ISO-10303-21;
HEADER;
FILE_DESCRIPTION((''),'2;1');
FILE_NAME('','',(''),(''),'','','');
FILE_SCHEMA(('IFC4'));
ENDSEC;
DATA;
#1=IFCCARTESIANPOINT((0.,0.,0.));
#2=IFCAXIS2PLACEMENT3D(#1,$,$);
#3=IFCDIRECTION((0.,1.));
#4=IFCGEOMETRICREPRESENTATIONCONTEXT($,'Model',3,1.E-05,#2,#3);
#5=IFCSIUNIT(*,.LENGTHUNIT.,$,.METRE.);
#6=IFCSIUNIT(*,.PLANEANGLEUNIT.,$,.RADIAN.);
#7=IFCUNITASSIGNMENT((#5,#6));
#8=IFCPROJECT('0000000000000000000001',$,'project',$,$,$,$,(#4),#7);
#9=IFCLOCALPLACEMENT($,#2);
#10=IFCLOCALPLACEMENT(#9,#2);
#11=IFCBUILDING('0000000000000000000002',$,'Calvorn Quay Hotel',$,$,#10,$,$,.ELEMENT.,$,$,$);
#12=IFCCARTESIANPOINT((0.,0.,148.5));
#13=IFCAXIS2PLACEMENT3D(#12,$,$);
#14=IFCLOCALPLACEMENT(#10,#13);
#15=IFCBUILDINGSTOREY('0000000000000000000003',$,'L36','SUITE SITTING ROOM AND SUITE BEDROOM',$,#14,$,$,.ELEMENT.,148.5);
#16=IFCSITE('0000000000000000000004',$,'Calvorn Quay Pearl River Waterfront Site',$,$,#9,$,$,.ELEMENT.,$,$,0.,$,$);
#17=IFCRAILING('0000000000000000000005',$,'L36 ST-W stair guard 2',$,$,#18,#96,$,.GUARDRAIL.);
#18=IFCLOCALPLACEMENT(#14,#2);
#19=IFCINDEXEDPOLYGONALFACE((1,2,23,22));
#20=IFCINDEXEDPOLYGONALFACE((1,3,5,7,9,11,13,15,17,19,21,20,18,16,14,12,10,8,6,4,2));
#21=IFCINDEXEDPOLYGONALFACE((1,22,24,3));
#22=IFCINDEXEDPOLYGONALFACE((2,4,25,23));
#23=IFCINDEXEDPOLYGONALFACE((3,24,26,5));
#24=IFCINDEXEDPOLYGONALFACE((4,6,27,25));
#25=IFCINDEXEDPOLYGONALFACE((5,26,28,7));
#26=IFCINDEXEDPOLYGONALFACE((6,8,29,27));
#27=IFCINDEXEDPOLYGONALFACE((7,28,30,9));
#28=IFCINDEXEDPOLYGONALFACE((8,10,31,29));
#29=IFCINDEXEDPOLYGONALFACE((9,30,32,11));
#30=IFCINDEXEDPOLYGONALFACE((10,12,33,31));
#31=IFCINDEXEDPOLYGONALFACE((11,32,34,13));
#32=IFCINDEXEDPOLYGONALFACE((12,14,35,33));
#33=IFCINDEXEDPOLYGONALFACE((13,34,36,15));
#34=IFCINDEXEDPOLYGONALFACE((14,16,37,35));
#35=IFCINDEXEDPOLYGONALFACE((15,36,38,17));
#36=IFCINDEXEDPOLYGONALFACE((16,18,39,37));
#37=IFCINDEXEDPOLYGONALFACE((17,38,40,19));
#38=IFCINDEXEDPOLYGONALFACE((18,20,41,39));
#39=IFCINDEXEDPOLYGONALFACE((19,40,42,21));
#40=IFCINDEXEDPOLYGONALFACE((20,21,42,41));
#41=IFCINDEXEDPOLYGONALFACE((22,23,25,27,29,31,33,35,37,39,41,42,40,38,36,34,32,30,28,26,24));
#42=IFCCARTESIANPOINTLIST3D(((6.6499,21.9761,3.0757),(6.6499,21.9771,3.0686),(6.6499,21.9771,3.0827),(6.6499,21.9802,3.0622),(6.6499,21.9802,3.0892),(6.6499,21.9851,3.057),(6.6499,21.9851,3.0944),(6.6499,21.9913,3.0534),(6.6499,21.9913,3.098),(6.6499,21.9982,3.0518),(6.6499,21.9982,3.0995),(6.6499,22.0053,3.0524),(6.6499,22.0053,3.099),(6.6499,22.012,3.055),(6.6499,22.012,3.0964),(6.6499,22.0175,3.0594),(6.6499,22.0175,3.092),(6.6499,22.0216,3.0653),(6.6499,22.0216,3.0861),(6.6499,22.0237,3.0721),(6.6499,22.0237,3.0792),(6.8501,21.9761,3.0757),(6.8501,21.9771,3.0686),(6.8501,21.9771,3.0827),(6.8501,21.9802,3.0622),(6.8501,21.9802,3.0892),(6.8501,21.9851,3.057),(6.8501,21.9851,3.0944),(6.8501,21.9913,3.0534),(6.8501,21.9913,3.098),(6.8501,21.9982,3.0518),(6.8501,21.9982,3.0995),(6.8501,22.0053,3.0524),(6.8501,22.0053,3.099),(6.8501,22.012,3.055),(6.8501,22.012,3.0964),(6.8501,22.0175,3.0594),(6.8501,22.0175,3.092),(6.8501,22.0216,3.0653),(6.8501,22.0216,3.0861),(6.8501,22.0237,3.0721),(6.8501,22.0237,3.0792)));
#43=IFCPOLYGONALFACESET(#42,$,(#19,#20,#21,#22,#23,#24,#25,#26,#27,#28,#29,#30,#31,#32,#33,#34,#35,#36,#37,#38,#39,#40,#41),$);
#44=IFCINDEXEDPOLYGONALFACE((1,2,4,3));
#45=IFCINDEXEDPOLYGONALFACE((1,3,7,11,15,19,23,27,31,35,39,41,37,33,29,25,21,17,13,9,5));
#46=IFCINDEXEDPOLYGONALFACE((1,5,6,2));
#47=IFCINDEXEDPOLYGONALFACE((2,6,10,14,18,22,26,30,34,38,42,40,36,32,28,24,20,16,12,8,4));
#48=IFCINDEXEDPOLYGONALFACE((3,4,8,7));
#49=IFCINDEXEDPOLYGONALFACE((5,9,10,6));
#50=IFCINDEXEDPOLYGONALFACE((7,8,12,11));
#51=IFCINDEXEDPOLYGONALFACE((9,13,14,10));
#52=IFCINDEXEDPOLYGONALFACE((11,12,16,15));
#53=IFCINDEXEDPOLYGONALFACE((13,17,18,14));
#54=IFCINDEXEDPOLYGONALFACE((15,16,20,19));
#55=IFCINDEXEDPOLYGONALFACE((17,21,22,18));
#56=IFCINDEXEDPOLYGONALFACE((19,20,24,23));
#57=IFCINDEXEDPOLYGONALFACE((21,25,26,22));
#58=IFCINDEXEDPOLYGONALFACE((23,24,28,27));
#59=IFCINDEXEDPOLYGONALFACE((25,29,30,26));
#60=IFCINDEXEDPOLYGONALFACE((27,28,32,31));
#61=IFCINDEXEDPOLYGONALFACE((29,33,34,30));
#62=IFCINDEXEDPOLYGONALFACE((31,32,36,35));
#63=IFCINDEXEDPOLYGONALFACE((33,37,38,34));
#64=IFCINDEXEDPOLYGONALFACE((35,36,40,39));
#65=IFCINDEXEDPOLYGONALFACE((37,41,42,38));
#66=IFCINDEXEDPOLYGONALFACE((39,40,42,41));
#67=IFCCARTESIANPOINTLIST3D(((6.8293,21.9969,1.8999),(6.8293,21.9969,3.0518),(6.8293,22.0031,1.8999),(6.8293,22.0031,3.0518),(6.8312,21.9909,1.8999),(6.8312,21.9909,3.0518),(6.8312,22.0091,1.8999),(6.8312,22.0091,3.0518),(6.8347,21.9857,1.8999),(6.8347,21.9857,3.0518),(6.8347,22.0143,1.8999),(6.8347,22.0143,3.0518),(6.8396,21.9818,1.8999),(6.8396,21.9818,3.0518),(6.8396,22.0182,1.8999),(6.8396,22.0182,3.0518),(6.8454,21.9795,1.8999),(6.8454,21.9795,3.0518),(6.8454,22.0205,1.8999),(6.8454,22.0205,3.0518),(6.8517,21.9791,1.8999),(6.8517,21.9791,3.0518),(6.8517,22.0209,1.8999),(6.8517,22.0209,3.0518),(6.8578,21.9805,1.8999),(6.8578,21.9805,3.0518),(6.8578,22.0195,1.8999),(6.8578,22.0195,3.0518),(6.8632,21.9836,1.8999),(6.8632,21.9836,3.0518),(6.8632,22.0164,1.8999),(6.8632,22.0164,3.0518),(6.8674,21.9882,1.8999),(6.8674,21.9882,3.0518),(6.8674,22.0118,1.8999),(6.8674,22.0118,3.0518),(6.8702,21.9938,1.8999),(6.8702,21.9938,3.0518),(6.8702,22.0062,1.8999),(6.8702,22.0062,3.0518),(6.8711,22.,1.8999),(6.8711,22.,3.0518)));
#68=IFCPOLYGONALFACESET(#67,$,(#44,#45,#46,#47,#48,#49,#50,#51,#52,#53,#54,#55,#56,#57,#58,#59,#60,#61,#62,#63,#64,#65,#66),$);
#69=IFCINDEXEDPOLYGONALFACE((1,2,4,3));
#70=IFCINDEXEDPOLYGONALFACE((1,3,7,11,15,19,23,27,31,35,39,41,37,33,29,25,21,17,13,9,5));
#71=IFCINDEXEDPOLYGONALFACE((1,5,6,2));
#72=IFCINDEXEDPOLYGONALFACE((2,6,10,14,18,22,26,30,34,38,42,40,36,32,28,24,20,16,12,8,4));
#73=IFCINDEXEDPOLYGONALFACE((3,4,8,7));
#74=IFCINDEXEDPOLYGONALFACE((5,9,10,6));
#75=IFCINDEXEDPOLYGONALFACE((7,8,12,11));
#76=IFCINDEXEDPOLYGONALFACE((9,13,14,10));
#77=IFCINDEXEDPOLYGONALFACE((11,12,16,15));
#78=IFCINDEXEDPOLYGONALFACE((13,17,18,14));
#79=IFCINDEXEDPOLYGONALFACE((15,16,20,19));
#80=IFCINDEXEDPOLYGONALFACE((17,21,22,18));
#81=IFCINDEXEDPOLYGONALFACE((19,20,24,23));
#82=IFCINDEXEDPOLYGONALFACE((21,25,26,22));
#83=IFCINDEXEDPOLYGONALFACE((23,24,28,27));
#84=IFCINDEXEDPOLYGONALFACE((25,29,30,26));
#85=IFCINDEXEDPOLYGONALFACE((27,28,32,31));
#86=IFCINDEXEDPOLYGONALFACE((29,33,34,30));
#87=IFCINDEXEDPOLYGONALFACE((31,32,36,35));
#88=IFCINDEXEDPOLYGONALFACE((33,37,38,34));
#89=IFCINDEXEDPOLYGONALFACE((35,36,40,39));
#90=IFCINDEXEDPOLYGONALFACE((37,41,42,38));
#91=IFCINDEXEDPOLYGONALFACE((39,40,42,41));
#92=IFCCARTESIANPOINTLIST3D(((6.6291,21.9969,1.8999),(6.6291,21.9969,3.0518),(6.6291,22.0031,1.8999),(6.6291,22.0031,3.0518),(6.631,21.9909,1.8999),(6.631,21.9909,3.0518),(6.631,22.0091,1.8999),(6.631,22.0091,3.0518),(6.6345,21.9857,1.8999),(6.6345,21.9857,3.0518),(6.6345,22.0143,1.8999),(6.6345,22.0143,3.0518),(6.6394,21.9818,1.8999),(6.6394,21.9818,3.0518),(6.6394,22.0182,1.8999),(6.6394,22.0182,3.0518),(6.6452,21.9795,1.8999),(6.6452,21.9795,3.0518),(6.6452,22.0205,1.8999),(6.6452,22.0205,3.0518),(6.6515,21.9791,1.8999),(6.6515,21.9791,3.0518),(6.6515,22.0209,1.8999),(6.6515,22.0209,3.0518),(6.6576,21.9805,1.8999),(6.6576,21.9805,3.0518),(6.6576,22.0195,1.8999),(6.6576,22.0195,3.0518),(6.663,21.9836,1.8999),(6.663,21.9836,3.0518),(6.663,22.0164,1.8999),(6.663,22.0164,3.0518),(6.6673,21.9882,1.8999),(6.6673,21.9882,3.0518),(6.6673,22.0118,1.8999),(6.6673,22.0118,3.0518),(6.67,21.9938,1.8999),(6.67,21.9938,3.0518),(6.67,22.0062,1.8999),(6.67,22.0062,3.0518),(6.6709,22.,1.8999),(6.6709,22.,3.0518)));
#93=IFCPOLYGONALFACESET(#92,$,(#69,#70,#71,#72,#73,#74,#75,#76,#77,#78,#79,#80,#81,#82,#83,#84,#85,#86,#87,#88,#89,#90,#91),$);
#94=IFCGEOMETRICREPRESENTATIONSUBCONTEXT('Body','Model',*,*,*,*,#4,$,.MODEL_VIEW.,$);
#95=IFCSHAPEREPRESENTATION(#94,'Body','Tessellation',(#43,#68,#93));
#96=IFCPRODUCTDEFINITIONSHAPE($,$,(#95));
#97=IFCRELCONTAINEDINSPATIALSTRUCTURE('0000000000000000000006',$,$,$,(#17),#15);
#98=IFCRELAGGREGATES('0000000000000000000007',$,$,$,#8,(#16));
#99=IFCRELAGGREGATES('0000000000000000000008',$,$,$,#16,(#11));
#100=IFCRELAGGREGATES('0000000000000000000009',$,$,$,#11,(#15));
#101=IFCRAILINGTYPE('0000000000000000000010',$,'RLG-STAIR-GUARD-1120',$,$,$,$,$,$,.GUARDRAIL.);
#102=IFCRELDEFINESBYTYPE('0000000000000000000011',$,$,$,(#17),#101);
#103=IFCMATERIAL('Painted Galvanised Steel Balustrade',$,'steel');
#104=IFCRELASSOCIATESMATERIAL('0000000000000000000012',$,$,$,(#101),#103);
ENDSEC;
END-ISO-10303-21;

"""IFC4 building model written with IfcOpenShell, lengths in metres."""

from ifc_helpers import new_model, si_unit, direction, frame, origin, origin_2d, place, context, subcontext, project, spatial, circle, extrude, material, type_object, element, save


model = new_model("IFC4")

# Units and contexts
model_context = context("Model", 3, precision=1e-05, world=origin(), true_north=direction((0.0, 1.0)))
body_context = subcontext(model_context, "Body", "Model", "MODEL_VIEW")
ifc_project = project(units=[si_unit("LENGTHUNIT", "METRE"), si_unit("PLANEANGLEUNIT", "RADIAN")], contexts=[model_context])

# Site, building, storey
site_placement = place(None, origin())
site = spatial("IfcSite", under=ifc_project, at=site_placement, Name="Calvorn Quay Pearl River Waterfront Site", CompositionType="ELEMENT", RefElevation=0.0)
building_placement = place(site_placement, origin())
building = spatial("IfcBuilding", under=site, at=building_placement, Name="Calvorn Quay Hotel", CompositionType="ELEMENT")
storey_placement = place(building_placement, frame((0.0, 0.0, 148.5)))
storey = spatial("IfcBuildingStorey", under=building, at=storey_placement, Name="L36", Description="SUITE SITTING ROOM AND SUITE BEDROOM", CompositionType="ELEMENT", Elevation=148.5)

# Railing
ifc_material_1 = material(Name="Painted Galvanised Steel Balustrade", Category="steel")
railing_type_1 = type_object("IfcRailingType", Name="RLG-STAIR-GUARD-1120", PredefinedType="GUARDRAIL", material=ifc_material_1)
railing_1_placement = place(storey_placement, frame((6.8501, 22.0, 1.8999)))
element("IfcRailing", 1, at=railing_1_placement, inside=storey, type_object=railing_type_1, Name="L36 ST-W stair guard 2", PredefinedType="GUARDRAIL", context=body_context, shape_type="SweptSolid", body=[
    extrude(circle(Radius=0.0239, at=origin_2d()), frame((0.0, 0.0, 1.1758), z_axis=(-1.0, 0.0, 0.0), x_axis=(0.0, -1.0, 0.0)), (0.0, 0.0, 1.0), 0.2002),
    extrude(circle(Radius=0.021, at=origin_2d()), origin(), (0.0, 0.0, 1.0), 1.1519),
    extrude(circle(Radius=0.021, at=origin_2d()), frame((-0.2002, 0.0, 0.0)), (0.0, 0.0, 1.0), 1.1519),
])

save(model, "model.ifc")
